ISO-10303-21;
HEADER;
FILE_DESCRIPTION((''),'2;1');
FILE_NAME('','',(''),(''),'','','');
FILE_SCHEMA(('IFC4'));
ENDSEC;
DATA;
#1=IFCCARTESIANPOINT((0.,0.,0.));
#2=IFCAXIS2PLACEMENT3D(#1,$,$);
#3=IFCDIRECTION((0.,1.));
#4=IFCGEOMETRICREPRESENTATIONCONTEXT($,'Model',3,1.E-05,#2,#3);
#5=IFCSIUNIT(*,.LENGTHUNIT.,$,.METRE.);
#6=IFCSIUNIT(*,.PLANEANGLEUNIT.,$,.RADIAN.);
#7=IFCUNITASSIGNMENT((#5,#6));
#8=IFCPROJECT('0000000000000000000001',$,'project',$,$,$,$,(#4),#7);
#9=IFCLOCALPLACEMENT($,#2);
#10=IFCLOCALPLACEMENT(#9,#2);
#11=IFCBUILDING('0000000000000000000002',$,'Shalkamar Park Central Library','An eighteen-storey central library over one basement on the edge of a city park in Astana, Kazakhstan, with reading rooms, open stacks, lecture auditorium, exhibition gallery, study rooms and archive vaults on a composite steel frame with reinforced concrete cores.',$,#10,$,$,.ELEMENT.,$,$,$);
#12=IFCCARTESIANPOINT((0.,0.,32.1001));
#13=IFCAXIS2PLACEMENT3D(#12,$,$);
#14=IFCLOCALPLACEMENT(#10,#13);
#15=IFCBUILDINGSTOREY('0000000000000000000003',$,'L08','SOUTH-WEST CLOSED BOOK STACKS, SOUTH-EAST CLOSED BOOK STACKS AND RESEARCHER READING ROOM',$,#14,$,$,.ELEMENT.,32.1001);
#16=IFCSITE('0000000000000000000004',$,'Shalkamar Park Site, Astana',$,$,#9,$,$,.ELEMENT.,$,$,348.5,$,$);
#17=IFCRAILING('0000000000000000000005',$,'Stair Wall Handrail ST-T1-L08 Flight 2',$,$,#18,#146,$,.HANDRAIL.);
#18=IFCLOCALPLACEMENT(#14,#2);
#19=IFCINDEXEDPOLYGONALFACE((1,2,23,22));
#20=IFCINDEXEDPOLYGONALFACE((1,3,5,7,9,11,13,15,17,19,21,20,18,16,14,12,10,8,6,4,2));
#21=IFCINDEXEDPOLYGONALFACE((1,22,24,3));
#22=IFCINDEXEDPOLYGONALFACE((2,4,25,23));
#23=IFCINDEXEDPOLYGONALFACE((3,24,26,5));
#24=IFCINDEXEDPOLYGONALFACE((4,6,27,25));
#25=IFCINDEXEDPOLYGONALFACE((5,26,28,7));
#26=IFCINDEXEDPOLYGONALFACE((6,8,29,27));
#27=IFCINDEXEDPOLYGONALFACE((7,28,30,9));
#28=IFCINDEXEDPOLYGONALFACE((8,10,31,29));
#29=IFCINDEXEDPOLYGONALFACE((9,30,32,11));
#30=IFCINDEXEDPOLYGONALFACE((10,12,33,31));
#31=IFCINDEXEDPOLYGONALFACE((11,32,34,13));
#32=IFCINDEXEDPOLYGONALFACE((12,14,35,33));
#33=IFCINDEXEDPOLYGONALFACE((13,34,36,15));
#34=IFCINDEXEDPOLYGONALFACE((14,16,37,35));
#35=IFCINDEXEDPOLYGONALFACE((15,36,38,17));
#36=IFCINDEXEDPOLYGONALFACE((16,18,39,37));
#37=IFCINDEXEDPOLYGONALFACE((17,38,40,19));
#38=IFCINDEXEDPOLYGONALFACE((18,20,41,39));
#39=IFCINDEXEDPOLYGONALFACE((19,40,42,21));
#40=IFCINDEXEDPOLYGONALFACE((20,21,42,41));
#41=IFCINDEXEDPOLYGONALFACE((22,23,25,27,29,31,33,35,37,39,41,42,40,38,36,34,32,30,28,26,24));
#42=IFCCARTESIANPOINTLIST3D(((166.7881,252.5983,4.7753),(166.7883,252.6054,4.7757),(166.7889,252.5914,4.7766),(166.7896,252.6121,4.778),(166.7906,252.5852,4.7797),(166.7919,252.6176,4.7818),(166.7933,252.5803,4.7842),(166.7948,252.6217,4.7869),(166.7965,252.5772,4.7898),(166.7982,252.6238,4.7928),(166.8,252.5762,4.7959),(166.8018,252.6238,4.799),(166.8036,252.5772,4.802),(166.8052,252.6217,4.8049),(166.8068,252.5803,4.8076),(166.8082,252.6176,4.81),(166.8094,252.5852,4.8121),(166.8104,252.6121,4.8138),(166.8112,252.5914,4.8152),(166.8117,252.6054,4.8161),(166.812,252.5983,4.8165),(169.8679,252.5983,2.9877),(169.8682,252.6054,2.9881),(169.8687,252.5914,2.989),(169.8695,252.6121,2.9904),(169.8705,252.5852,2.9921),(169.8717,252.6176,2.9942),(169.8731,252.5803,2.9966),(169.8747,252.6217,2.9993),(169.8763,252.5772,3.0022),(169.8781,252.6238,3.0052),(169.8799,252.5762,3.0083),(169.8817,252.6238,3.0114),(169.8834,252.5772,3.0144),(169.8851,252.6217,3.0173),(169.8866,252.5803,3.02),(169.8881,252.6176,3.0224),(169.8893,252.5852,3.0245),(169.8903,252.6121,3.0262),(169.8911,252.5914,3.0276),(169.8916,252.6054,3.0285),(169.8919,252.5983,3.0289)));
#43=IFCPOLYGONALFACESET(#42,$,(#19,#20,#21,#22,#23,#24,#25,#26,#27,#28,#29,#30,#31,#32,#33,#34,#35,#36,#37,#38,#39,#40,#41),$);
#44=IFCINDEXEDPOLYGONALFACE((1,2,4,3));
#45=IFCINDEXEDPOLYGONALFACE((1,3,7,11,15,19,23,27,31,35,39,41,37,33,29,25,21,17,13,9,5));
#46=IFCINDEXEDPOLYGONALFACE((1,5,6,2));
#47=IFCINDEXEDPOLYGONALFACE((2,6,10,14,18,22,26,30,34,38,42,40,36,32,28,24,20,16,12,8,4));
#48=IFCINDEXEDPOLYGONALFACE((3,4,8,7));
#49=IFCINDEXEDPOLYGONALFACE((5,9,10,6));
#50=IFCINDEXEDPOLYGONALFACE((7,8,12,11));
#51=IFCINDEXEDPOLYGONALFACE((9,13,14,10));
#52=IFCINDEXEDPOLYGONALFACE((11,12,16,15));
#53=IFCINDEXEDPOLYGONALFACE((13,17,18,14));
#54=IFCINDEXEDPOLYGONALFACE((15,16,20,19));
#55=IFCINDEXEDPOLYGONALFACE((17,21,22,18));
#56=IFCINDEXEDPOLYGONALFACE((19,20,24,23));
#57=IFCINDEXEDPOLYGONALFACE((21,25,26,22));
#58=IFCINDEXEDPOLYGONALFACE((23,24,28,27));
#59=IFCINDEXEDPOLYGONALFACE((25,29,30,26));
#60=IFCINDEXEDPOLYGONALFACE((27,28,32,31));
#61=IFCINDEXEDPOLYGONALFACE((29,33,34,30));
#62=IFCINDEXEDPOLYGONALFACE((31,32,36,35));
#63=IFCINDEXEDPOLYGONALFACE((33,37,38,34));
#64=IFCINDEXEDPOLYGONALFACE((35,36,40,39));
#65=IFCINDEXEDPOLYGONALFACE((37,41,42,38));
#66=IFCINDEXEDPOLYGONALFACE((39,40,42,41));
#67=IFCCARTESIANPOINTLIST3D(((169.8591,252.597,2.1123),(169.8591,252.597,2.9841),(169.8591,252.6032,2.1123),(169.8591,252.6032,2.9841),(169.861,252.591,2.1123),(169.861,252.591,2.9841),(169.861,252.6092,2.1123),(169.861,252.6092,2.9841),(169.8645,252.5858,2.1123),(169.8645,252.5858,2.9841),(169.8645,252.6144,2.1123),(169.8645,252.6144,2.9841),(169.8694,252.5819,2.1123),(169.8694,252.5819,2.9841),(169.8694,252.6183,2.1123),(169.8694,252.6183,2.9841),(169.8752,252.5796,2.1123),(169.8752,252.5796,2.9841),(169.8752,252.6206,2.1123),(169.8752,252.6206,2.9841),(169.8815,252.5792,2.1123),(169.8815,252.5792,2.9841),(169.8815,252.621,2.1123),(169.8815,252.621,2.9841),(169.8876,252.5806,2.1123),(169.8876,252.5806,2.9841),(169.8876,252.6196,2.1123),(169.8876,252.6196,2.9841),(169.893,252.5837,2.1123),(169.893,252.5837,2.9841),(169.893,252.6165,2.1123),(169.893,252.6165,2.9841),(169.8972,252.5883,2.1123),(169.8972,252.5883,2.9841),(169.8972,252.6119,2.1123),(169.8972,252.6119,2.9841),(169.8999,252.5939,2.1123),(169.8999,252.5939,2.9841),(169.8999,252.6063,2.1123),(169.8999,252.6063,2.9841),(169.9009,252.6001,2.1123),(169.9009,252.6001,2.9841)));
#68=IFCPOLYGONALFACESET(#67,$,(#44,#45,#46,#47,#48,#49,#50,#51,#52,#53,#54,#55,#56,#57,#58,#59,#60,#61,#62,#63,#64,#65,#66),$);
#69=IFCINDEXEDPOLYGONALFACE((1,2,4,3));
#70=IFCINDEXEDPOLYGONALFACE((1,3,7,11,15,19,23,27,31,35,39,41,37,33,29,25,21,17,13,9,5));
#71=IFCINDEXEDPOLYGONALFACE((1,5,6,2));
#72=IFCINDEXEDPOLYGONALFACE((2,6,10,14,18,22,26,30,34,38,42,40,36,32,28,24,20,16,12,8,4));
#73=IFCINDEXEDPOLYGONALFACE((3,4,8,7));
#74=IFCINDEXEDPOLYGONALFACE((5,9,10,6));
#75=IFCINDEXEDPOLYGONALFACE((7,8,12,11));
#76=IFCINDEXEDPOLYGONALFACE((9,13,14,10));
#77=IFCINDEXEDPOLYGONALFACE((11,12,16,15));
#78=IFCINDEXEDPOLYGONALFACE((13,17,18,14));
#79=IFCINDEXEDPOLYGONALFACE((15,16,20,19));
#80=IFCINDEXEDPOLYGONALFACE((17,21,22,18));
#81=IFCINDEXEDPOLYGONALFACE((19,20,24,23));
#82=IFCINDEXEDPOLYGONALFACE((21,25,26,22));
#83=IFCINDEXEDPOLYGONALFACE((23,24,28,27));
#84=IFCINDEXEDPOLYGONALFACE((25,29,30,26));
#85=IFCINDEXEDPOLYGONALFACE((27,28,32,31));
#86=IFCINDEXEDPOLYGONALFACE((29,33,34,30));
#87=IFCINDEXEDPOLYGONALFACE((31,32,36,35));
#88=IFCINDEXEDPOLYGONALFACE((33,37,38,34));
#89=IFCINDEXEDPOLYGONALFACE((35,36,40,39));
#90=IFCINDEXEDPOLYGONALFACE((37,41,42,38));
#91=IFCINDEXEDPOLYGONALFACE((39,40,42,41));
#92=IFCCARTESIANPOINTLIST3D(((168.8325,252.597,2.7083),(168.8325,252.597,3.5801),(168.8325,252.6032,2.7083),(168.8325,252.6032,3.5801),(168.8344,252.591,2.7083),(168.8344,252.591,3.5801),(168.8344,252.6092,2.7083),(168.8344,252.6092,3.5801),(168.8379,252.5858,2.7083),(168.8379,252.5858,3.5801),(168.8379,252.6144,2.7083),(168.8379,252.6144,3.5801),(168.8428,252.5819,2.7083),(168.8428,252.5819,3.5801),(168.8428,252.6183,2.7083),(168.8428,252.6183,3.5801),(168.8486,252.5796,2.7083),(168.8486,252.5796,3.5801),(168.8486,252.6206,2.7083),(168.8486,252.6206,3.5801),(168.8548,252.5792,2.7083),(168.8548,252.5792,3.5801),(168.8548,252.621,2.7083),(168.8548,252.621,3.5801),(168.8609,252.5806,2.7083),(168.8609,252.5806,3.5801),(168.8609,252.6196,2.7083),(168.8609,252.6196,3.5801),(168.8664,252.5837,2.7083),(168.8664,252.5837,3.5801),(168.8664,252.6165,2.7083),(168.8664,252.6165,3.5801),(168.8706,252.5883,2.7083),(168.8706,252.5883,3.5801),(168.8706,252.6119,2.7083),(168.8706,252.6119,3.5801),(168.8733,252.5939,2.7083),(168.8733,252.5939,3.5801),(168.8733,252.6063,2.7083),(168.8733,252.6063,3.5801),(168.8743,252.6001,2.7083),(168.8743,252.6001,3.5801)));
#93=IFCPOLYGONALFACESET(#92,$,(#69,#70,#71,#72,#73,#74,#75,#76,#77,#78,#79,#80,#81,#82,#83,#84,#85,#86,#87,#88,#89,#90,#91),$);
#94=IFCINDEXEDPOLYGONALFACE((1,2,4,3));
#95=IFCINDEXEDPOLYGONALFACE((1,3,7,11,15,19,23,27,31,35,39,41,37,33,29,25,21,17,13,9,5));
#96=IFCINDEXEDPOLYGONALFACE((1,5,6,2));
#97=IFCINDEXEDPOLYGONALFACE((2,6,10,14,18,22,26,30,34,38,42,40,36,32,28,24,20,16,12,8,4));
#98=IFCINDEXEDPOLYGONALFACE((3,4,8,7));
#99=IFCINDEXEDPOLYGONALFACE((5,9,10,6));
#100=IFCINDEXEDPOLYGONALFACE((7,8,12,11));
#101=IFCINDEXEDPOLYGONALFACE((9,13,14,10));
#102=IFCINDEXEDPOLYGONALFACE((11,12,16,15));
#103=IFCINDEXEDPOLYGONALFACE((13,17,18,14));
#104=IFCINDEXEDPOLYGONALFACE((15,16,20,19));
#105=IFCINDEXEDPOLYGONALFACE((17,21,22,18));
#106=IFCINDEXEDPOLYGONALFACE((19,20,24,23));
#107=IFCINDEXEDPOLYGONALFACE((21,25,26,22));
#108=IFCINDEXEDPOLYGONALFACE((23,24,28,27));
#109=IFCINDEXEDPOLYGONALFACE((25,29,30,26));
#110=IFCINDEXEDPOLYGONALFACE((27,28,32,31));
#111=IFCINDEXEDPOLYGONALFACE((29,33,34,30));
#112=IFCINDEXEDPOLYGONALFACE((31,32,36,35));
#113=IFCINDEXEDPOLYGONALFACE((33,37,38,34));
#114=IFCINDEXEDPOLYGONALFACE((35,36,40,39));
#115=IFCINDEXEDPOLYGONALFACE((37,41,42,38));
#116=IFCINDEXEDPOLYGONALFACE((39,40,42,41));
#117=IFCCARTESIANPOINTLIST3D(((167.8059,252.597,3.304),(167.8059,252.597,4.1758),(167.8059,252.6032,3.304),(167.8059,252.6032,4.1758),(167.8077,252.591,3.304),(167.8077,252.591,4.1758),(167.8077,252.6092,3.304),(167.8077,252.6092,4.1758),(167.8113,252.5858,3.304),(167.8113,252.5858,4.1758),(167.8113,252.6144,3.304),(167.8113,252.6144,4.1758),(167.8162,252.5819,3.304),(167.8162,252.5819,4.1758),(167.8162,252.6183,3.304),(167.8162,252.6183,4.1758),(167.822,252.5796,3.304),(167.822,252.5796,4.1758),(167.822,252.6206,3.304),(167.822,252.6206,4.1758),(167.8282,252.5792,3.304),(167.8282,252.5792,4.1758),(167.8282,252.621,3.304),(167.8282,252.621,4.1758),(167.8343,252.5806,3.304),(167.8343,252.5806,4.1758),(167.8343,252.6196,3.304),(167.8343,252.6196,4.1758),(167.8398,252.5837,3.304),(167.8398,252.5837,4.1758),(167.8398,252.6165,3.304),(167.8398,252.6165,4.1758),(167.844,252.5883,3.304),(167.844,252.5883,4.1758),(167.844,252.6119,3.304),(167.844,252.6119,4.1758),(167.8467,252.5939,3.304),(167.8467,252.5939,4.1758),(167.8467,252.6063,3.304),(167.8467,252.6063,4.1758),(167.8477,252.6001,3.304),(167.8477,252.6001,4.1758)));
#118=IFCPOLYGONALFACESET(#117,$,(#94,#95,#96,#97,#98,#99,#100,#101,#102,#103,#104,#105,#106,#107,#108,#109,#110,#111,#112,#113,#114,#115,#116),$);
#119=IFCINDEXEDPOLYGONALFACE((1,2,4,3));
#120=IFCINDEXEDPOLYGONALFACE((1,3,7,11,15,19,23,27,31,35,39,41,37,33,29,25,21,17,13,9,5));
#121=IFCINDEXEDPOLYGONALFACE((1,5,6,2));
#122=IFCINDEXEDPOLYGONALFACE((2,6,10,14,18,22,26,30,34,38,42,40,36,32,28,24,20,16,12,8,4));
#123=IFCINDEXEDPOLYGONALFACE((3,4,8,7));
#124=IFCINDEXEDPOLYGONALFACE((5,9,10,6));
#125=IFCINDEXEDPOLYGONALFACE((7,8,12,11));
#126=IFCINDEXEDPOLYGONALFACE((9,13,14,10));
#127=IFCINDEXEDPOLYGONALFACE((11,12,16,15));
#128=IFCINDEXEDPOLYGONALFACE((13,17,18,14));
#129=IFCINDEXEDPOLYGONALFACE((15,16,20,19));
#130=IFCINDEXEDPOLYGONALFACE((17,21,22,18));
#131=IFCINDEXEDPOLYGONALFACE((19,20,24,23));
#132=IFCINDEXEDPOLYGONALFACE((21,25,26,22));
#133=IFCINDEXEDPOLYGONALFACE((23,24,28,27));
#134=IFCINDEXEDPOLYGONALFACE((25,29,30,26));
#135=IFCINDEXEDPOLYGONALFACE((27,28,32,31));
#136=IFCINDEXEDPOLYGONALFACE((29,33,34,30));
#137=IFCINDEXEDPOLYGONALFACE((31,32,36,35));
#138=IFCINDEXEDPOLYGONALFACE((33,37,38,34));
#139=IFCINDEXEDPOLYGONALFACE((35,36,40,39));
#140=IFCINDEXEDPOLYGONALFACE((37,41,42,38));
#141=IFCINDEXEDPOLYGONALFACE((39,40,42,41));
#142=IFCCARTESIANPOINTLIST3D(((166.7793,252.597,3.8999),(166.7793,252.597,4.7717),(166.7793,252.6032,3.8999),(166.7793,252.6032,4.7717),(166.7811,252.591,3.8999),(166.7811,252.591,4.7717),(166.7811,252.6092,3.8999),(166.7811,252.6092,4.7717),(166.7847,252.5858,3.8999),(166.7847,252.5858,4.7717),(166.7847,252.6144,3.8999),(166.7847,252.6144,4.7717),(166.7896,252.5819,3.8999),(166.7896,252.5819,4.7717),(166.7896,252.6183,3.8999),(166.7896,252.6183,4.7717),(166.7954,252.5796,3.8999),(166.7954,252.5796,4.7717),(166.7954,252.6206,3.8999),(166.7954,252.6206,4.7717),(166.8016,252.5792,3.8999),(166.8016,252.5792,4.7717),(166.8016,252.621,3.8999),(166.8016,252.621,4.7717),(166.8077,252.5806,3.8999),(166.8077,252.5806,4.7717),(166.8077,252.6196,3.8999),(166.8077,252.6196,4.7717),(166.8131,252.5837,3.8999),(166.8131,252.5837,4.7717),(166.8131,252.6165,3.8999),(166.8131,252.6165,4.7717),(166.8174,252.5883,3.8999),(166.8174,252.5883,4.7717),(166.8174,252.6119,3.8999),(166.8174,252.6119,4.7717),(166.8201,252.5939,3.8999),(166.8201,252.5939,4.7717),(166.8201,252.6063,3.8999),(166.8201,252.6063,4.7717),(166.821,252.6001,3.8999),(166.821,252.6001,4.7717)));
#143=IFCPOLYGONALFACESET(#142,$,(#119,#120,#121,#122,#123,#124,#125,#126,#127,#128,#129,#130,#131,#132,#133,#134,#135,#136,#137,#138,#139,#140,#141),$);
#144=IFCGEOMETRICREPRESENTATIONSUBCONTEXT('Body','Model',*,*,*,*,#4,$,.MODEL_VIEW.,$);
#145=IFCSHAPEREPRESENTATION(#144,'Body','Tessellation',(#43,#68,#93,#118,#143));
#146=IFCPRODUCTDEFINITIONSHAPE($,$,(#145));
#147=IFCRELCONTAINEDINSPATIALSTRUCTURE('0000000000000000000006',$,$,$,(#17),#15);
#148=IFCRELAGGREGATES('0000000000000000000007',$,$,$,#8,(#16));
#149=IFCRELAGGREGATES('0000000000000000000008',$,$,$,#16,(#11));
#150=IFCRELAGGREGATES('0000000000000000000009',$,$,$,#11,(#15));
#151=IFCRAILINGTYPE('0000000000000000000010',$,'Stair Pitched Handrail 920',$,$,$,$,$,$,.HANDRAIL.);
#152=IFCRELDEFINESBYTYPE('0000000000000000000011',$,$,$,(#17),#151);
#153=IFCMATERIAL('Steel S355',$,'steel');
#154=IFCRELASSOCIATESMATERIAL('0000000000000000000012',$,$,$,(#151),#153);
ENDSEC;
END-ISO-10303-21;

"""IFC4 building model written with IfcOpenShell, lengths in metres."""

from ifc_helpers import new_model, si_unit, direction, frame, origin, origin_2d, place, context, subcontext, project, spatial, circle, extrude, material, type_object, element, save


model = new_model("IFC4")

# Units and contexts
model_context = context("Model", 3, precision=1e-05, world=origin(), true_north=direction((0.0, 1.0)))
body_context = subcontext(model_context, "Body", "Model", "MODEL_VIEW")
ifc_project = project(units=[si_unit("LENGTHUNIT", "METRE"), si_unit("PLANEANGLEUNIT", "RADIAN")], contexts=[model_context])

# Site, building, storey
site_placement = place(None, origin())
site = spatial("IfcSite", under=ifc_project, at=site_placement, Name="Shalkamar Park Site, Astana", CompositionType="ELEMENT", RefElevation=348.5)
building_placement = place(site_placement, origin())
building = spatial("IfcBuilding", under=site, at=building_placement, Name="Shalkamar Park Central Library", Description="An eighteen-storey central library over one basement on the edge of a city park in Astana, Kazakhstan, with reading rooms, open stacks, lecture auditorium, exhibition gallery, study rooms and archive vaults on a composite steel frame with reinforced concrete cores.", CompositionType="ELEMENT")
storey_placement = place(building_placement, frame((0.0, 0.0, 32.1001)))
storey = spatial("IfcBuildingStorey", under=building, at=storey_placement, Name="L08", Description="SOUTH-WEST CLOSED BOOK STACKS, SOUTH-EAST CLOSED BOOK STACKS AND RESEARCHER READING ROOM", CompositionType="ELEMENT", Elevation=32.1001)

# Shared definitions
ifc_material_1 = material(Name="Steel S355", Category="steel")

# Railing
railing_type_1 = type_object("IfcRailingType", Name="Stair Pitched Handrail 920", PredefinedType="HANDRAIL", material=ifc_material_1)
railing_1_placement = place(storey_placement, frame((169.8799, 252.6001, 2.1123)))
element("IfcRailing", 1, at=railing_1_placement, inside=storey, type_object=railing_type_1, Name="Stair Wall Handrail ST-T1-L08 Flight 2", PredefinedType="HANDRAIL", context=body_context, shape_type="SweptSolid", body=[
    extrude(circle(Radius=0.0239, at=origin_2d()), frame((0.0, 0.0, 0.896), z_axis=(-0.864873, 0.0, 0.50199), x_axis=(0.0, -1.0, 0.0)), (0.0, 0.0, 1.0), 3.561),
    extrude(circle(Radius=0.021, at=origin_2d()), origin(), (0.0, 0.0, 1.0), 0.8718),
    extrude(circle(Radius=0.021, at=origin_2d()), frame((-1.0266, 0.0, 0.5959)), (0.0, 0.0, 1.0), 0.8718),
    extrude(circle(Radius=0.021, at=origin_2d()), frame((-2.0532, 0.0, 1.1917)), (0.0, 0.0, 1.0), 0.8718),
    extrude(circle(Radius=0.021, at=origin_2d()), frame((-3.0798, 0.0, 1.7876)), (0.0, 0.0, 1.0), 0.8718),
])

save(model, "model.ifc")
